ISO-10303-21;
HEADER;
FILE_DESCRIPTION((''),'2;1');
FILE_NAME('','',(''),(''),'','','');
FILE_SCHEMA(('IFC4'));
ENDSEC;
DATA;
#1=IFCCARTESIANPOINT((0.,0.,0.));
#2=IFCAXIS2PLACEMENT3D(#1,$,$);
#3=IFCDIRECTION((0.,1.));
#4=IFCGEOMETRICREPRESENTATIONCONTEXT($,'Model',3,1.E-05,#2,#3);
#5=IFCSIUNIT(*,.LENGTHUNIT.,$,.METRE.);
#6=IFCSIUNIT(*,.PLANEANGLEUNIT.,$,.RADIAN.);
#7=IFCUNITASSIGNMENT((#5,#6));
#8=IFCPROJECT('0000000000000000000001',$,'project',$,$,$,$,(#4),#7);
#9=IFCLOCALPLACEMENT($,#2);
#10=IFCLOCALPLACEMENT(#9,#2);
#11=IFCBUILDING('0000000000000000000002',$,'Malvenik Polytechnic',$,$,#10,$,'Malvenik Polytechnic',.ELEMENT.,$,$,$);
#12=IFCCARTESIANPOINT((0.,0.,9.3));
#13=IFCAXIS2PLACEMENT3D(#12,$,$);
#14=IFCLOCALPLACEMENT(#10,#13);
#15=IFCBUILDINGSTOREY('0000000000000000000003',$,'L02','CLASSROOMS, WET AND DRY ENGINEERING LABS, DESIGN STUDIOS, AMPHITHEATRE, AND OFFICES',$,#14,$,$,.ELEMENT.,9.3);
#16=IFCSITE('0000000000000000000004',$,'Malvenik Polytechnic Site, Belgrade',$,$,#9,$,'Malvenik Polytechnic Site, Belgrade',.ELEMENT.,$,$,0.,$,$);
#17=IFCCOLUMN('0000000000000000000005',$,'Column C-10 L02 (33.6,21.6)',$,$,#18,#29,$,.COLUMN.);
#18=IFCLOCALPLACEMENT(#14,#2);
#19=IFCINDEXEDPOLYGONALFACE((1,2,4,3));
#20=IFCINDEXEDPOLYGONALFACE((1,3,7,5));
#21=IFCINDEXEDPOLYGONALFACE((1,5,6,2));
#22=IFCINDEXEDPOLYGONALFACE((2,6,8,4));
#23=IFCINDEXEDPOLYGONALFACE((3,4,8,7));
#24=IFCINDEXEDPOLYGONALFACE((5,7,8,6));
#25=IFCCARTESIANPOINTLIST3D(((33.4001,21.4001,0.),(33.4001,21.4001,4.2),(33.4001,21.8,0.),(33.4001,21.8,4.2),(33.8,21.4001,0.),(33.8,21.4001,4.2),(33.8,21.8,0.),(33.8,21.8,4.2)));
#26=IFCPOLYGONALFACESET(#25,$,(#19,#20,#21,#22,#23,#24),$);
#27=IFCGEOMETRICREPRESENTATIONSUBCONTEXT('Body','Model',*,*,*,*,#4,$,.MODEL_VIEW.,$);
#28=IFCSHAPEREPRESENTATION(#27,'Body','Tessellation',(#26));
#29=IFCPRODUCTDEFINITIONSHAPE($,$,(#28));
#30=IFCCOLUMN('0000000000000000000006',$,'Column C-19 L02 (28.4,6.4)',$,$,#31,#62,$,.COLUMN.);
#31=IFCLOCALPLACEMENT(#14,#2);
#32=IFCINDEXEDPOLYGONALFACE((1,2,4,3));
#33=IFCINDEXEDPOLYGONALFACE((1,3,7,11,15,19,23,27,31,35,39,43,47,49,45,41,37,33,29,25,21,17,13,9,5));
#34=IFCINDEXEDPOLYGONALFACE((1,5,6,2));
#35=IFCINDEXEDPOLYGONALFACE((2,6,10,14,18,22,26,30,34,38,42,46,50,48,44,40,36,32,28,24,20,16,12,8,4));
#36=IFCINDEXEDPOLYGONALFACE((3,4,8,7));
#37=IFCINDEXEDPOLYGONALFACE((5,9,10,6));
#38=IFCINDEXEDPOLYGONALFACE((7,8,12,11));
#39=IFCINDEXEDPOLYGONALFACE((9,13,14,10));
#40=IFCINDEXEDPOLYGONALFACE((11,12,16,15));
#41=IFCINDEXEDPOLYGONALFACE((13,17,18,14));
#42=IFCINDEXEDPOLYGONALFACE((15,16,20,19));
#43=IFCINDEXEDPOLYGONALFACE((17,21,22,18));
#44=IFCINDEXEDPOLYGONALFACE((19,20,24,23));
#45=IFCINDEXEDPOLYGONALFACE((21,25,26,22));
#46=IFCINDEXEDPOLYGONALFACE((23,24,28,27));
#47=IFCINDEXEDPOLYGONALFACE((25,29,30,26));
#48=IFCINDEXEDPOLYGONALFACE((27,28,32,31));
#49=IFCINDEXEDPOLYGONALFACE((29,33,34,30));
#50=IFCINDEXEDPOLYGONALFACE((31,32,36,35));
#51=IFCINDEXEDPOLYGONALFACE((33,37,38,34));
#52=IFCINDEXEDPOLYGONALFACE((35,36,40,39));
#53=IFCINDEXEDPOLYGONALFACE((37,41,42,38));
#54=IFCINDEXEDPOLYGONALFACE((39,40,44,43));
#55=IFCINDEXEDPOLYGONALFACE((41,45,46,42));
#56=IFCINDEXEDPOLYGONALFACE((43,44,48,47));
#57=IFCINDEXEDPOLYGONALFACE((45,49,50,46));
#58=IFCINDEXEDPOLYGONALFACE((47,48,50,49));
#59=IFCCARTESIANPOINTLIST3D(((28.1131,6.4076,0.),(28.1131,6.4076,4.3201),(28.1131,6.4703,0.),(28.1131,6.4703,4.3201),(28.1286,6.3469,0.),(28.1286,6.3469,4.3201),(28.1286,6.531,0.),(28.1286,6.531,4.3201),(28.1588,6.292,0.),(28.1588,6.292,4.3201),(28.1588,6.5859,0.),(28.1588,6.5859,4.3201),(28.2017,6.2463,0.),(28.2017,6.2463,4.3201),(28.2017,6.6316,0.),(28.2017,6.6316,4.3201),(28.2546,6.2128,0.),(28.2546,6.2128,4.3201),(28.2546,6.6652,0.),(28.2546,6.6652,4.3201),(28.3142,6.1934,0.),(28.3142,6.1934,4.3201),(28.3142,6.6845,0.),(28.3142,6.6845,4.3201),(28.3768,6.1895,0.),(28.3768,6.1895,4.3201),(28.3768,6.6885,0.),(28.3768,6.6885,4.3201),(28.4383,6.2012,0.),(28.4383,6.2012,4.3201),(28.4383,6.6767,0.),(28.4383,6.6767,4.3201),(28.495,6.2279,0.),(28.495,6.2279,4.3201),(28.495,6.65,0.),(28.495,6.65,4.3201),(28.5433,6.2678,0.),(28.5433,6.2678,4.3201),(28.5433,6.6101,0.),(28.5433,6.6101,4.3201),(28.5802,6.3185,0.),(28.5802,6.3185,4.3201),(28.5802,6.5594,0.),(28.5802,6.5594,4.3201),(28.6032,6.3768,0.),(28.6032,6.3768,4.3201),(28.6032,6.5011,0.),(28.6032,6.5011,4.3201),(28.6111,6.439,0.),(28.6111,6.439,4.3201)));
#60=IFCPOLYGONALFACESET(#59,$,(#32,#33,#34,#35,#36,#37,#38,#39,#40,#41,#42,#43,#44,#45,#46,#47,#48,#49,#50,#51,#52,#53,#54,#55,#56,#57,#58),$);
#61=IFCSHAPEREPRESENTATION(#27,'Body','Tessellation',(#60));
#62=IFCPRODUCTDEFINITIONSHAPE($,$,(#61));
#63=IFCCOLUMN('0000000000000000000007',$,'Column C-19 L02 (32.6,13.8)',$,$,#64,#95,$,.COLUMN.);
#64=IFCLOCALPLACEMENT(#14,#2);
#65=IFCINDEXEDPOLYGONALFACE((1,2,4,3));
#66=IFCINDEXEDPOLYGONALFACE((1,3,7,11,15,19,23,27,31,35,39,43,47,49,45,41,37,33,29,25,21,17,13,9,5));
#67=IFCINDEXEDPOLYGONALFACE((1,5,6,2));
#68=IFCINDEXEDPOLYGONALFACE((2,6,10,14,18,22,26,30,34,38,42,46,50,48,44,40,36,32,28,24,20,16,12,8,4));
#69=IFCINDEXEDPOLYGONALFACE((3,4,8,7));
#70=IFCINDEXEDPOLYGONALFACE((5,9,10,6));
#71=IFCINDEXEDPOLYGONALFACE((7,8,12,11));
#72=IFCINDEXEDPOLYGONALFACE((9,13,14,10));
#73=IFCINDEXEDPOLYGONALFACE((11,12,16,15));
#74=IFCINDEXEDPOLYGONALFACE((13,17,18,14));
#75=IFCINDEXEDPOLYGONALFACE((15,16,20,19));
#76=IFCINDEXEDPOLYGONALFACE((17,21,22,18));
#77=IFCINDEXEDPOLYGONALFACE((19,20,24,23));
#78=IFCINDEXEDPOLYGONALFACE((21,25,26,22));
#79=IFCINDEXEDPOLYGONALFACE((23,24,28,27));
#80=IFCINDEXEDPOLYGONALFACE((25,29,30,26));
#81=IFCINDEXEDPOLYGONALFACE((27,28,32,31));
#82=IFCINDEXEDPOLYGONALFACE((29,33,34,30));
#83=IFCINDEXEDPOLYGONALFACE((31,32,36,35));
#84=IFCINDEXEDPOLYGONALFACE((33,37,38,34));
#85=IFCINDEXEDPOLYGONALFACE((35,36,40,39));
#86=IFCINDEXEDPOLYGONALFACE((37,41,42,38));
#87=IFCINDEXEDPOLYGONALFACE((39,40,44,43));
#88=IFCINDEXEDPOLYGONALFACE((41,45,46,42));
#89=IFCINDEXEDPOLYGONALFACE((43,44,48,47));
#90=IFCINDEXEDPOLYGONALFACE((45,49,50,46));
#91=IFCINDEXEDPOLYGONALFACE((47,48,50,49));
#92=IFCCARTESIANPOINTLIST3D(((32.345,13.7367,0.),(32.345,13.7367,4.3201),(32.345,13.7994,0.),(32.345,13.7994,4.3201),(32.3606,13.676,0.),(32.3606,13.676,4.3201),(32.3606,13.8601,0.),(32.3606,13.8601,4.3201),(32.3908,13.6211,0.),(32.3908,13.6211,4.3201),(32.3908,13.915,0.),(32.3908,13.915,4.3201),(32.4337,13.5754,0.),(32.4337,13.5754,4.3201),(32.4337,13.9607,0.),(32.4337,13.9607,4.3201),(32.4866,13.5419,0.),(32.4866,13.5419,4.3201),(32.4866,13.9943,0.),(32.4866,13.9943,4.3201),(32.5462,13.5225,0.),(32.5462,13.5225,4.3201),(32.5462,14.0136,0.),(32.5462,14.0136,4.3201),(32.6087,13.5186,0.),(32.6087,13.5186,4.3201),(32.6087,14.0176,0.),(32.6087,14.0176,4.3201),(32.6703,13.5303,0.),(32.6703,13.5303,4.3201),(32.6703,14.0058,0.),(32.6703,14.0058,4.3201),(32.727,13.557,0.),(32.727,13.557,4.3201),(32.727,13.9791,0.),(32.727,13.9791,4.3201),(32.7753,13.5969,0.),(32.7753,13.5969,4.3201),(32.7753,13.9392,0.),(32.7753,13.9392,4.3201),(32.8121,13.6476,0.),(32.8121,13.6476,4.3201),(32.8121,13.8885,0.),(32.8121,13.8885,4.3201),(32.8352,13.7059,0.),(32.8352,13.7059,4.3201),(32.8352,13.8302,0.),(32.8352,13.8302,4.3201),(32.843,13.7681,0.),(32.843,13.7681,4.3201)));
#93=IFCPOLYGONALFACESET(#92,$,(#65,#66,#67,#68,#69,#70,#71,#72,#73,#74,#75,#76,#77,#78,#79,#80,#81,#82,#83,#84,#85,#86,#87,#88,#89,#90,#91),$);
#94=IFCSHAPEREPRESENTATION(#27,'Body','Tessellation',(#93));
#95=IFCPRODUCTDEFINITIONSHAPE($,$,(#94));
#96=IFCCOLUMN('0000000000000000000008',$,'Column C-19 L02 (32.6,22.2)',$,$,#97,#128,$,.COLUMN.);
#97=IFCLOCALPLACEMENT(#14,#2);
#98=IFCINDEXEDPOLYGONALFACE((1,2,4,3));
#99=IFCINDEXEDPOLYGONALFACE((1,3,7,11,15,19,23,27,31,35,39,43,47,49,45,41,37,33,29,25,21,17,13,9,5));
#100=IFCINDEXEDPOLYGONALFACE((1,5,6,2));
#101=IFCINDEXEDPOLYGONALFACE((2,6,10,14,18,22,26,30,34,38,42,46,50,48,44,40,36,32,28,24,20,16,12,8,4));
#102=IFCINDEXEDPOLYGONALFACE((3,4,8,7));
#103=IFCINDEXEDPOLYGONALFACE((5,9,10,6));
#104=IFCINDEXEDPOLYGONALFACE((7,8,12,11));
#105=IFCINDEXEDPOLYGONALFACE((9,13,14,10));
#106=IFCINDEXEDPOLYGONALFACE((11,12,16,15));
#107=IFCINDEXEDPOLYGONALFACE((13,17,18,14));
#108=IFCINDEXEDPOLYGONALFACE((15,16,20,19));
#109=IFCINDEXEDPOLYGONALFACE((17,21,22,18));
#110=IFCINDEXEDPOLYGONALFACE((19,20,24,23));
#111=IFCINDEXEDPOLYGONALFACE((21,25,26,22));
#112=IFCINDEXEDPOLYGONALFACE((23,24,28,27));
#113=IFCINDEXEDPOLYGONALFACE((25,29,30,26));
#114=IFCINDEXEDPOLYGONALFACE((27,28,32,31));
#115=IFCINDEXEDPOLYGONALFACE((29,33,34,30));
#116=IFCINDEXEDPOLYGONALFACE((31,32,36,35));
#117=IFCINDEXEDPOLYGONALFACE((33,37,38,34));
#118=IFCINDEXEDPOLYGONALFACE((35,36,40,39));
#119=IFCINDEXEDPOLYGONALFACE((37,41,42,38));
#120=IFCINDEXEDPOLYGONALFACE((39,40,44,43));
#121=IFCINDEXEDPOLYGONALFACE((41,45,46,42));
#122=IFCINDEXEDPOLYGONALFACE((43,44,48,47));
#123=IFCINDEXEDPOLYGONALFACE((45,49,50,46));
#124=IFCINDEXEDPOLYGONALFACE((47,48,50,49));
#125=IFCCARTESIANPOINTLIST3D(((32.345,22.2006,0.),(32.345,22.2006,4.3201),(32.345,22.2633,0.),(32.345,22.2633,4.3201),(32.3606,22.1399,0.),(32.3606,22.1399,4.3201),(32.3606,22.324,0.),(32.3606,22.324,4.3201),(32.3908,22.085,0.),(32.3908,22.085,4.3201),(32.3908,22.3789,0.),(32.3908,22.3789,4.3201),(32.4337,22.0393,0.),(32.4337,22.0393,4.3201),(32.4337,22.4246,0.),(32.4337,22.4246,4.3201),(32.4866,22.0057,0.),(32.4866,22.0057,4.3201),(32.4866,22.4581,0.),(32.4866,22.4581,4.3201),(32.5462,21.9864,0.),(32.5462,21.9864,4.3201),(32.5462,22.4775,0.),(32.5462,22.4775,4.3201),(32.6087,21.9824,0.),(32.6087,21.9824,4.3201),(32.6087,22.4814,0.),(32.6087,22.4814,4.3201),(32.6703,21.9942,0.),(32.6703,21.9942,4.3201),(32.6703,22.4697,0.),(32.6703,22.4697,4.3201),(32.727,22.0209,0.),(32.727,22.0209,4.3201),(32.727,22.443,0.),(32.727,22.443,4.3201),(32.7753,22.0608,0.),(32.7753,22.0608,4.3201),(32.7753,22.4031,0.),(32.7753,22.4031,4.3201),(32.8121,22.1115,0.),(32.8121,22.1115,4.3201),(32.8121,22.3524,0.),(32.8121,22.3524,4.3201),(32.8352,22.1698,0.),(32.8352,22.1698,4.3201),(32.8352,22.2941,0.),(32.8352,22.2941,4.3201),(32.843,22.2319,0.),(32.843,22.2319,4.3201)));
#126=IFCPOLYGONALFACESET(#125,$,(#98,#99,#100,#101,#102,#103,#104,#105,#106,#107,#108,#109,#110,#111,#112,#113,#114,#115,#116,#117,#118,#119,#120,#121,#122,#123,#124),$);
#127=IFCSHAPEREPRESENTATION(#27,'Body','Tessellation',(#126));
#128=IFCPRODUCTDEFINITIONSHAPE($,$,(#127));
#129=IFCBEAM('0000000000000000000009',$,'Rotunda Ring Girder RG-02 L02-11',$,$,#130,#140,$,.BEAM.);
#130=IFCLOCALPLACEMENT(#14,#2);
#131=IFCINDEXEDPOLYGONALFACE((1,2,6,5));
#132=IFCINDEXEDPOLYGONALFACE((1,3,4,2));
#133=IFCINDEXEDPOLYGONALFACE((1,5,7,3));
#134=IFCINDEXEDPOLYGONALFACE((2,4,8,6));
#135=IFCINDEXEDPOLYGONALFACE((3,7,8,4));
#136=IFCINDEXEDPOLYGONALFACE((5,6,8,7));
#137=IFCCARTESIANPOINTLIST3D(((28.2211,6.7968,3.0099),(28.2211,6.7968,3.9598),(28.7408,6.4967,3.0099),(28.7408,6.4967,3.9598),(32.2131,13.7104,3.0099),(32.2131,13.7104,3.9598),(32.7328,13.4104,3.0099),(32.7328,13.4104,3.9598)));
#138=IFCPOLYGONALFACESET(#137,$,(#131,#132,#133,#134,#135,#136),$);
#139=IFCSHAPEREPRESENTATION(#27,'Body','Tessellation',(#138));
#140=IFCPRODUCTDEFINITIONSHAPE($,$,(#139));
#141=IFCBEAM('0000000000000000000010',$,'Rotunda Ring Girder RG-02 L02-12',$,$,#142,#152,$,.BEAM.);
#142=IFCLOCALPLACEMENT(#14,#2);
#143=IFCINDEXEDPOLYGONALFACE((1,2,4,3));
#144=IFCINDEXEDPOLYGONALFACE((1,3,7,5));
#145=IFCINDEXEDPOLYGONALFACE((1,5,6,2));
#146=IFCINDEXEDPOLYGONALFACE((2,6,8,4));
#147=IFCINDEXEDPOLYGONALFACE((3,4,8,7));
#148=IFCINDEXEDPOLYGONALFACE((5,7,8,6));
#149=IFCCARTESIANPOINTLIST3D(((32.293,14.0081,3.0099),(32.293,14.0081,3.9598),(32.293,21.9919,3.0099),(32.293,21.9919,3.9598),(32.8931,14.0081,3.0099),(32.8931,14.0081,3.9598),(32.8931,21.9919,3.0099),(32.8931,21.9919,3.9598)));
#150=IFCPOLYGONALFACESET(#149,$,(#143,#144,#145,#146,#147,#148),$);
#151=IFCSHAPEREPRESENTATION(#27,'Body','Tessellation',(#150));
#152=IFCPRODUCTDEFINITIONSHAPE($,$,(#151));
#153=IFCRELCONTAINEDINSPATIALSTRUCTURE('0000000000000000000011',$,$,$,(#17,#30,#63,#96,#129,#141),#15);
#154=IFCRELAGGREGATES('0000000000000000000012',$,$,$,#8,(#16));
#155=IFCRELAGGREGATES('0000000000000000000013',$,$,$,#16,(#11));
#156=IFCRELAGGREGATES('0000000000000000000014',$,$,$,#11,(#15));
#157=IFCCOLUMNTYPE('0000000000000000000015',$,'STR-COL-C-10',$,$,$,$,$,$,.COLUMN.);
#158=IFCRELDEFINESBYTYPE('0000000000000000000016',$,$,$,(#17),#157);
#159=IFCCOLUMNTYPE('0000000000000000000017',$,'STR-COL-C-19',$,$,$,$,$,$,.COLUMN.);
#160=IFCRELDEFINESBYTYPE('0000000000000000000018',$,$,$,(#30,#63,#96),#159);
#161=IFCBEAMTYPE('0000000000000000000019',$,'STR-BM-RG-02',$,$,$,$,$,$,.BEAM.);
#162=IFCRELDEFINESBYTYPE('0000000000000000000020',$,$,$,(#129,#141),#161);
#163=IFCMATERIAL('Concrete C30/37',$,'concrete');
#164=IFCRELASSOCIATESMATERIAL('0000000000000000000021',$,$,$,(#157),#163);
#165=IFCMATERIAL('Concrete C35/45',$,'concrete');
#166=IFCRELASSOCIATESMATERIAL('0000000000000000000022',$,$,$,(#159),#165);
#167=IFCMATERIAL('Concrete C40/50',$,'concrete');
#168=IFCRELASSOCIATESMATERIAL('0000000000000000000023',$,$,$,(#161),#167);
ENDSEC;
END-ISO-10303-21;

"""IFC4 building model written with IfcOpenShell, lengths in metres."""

from ifc_helpers import new_model, si_unit, direction, frame, origin, origin_2d, place, context, subcontext, project, spatial, rectangle, circle, extrude, material, material_profile, profile_set, type_object, element, save


model = new_model("IFC4")

# Units and contexts
model_context = context("Model", 3, precision=1e-05, world=origin(), true_north=direction((0.0, 1.0)))
body_context = subcontext(model_context, "Body", "Model", "MODEL_VIEW")
ifc_project = project(units=[si_unit("LENGTHUNIT", "METRE"), si_unit("PLANEANGLEUNIT", "RADIAN")], contexts=[model_context])

# Site, building, storey
site_placement = place(None, origin())
site = spatial("IfcSite", under=ifc_project, at=site_placement, Name="Malvenik Polytechnic Site, Belgrade", LongName="Malvenik Polytechnic Site, Belgrade", CompositionType="ELEMENT", RefElevation=0.0)
building_placement = place(site_placement, origin())
building = spatial("IfcBuilding", under=site, at=building_placement, Name="Malvenik Polytechnic", LongName="Malvenik Polytechnic", CompositionType="ELEMENT")
storey_placement = place(building_placement, frame((0.0, 0.0, 9.3)))
storey = spatial("IfcBuildingStorey", under=building, at=storey_placement, Name="L02", Description="CLASSROOMS, WET AND DRY ENGINEERING LABS, DESIGN STUDIOS, AMPHITHEATRE, AND OFFICES", CompositionType="ELEMENT", Elevation=9.3)

# Columns
ifc_material_1 = material(Name="Concrete C30/37", Category="concrete")
ifc_material_profile_1 = material_profile(ifc_material_1, rectangle(XDim=0.3999, YDim=0.3999, at=origin_2d()), Name="RC COL 400x400")
ifc_profile_set_1 = profile_set([ifc_material_profile_1], Name="Concrete C30/37")
column_type_1 = type_object("IfcColumnType", Name="STR-COL-C-10", PredefinedType="COLUMN", material=ifc_profile_set_1)
column_placement = place(storey_placement, frame((33.6001, 21.6001, 0.0), z_axis=(0.0, 0.0, 1.0), x_axis=(1.0, 0.0, 0.0)))
element("IfcColumn", 1, at=column_placement, inside=storey, type_object=column_type_1, Name="Column C-10 L02 (33.6,21.6)", PredefinedType="COLUMN", context=body_context, shape_type="SweptSolid", body=[
    extrude(rectangle(XDim=0.3999, YDim=0.3999, at=origin_2d()), origin(), (0.0, 0.0, 1.0), 4.2),
])
ifc_material_2 = material(Name="Concrete C35/45", Category="concrete")
ifc_material_profile_2 = material_profile(ifc_material_2, circle(Radius=0.25, at=origin_2d()), Name="RC COL D500")
ifc_profile_set_2 = profile_set([ifc_material_profile_2], Name="Concrete C35/45")
column_type_2 = type_object("IfcColumnType", Name="STR-COL-C-19", PredefinedType="COLUMN", material=ifc_profile_set_2)
for number, where, z_axis, x_axis, name in (
    (2, (28.3611, 6.439, 0.0), (0.0, 0.0, 1.0), (1.0, 0.0, 0.0), "Column C-19 L02 (28.4,6.4)"),
    (3, (32.593, 13.7681, 0.0), (0.0, 0.0, 1.0), (1.0, 0.0, 0.0), "Column C-19 L02 (32.6,13.8)"),
    (4, (32.593, 22.2319, 0.0), (0.0, 0.0, 1.0), (1.0, 0.0, 0.0), "Column C-19 L02 (32.6,22.2)"),
):
    element("IfcColumn", number, at=place(storey_placement, frame(where, z_axis=z_axis, x_axis=x_axis)), inside=storey, type_object=column_type_2, Name=name, PredefinedType="COLUMN", context=body_context, shape_type="SweptSolid", body=[
        extrude(circle(Radius=0.25, at=origin_2d()), origin(), (0.0, 0.0, 1.0), 4.3201),
    ])

# Beams
ifc_material_3 = material(Name="Concrete C40/50", Category="concrete")
ifc_material_profile_3 = material_profile(ifc_material_3, rectangle(XDim=0.6001, YDim=0.95, at=origin_2d()), Name="RC RG 600x950")
ifc_profile_set_3 = profile_set([ifc_material_profile_3], Name="Concrete C40/50")
beam_type = type_object("IfcBeamType", Name="STR-BM-RG-02", PredefinedType="BEAM", material=ifc_profile_set_3)
beam_1_placement = place(storey_placement, frame((28.481, 6.6467, 3.4849), z_axis=(0.500037, 0.866004, 0.0), x_axis=(-0.866004, 0.500037, 0.0)))
element("IfcBeam", 5, at=beam_1_placement, inside=storey, type_object=beam_type, Name="Rotunda Ring Girder RG-02 L02-11", PredefinedType="BEAM", context=body_context, shape_type="SweptSolid", body=[
    extrude(rectangle(XDim=0.6001, YDim=0.95, at=origin_2d()), origin(), (0.0, 0.0, 1.0), 7.9834),
])
beam_2_placement = place(storey_placement, frame((32.593, 14.0081, 3.4849), z_axis=(0.0, 1.0, 0.0), x_axis=(-1.0, 0.0, 0.0)))
element("IfcBeam", 6, at=beam_2_placement, inside=storey, type_object=beam_type, Name="Rotunda Ring Girder RG-02 L02-12", PredefinedType="BEAM", context=body_context, shape_type="SweptSolid", body=[
    extrude(rectangle(XDim=0.6001, YDim=0.95, at=origin_2d()), origin(), (0.0, 0.0, 1.0), 7.9839),
])

save(model, "model.ifc")
